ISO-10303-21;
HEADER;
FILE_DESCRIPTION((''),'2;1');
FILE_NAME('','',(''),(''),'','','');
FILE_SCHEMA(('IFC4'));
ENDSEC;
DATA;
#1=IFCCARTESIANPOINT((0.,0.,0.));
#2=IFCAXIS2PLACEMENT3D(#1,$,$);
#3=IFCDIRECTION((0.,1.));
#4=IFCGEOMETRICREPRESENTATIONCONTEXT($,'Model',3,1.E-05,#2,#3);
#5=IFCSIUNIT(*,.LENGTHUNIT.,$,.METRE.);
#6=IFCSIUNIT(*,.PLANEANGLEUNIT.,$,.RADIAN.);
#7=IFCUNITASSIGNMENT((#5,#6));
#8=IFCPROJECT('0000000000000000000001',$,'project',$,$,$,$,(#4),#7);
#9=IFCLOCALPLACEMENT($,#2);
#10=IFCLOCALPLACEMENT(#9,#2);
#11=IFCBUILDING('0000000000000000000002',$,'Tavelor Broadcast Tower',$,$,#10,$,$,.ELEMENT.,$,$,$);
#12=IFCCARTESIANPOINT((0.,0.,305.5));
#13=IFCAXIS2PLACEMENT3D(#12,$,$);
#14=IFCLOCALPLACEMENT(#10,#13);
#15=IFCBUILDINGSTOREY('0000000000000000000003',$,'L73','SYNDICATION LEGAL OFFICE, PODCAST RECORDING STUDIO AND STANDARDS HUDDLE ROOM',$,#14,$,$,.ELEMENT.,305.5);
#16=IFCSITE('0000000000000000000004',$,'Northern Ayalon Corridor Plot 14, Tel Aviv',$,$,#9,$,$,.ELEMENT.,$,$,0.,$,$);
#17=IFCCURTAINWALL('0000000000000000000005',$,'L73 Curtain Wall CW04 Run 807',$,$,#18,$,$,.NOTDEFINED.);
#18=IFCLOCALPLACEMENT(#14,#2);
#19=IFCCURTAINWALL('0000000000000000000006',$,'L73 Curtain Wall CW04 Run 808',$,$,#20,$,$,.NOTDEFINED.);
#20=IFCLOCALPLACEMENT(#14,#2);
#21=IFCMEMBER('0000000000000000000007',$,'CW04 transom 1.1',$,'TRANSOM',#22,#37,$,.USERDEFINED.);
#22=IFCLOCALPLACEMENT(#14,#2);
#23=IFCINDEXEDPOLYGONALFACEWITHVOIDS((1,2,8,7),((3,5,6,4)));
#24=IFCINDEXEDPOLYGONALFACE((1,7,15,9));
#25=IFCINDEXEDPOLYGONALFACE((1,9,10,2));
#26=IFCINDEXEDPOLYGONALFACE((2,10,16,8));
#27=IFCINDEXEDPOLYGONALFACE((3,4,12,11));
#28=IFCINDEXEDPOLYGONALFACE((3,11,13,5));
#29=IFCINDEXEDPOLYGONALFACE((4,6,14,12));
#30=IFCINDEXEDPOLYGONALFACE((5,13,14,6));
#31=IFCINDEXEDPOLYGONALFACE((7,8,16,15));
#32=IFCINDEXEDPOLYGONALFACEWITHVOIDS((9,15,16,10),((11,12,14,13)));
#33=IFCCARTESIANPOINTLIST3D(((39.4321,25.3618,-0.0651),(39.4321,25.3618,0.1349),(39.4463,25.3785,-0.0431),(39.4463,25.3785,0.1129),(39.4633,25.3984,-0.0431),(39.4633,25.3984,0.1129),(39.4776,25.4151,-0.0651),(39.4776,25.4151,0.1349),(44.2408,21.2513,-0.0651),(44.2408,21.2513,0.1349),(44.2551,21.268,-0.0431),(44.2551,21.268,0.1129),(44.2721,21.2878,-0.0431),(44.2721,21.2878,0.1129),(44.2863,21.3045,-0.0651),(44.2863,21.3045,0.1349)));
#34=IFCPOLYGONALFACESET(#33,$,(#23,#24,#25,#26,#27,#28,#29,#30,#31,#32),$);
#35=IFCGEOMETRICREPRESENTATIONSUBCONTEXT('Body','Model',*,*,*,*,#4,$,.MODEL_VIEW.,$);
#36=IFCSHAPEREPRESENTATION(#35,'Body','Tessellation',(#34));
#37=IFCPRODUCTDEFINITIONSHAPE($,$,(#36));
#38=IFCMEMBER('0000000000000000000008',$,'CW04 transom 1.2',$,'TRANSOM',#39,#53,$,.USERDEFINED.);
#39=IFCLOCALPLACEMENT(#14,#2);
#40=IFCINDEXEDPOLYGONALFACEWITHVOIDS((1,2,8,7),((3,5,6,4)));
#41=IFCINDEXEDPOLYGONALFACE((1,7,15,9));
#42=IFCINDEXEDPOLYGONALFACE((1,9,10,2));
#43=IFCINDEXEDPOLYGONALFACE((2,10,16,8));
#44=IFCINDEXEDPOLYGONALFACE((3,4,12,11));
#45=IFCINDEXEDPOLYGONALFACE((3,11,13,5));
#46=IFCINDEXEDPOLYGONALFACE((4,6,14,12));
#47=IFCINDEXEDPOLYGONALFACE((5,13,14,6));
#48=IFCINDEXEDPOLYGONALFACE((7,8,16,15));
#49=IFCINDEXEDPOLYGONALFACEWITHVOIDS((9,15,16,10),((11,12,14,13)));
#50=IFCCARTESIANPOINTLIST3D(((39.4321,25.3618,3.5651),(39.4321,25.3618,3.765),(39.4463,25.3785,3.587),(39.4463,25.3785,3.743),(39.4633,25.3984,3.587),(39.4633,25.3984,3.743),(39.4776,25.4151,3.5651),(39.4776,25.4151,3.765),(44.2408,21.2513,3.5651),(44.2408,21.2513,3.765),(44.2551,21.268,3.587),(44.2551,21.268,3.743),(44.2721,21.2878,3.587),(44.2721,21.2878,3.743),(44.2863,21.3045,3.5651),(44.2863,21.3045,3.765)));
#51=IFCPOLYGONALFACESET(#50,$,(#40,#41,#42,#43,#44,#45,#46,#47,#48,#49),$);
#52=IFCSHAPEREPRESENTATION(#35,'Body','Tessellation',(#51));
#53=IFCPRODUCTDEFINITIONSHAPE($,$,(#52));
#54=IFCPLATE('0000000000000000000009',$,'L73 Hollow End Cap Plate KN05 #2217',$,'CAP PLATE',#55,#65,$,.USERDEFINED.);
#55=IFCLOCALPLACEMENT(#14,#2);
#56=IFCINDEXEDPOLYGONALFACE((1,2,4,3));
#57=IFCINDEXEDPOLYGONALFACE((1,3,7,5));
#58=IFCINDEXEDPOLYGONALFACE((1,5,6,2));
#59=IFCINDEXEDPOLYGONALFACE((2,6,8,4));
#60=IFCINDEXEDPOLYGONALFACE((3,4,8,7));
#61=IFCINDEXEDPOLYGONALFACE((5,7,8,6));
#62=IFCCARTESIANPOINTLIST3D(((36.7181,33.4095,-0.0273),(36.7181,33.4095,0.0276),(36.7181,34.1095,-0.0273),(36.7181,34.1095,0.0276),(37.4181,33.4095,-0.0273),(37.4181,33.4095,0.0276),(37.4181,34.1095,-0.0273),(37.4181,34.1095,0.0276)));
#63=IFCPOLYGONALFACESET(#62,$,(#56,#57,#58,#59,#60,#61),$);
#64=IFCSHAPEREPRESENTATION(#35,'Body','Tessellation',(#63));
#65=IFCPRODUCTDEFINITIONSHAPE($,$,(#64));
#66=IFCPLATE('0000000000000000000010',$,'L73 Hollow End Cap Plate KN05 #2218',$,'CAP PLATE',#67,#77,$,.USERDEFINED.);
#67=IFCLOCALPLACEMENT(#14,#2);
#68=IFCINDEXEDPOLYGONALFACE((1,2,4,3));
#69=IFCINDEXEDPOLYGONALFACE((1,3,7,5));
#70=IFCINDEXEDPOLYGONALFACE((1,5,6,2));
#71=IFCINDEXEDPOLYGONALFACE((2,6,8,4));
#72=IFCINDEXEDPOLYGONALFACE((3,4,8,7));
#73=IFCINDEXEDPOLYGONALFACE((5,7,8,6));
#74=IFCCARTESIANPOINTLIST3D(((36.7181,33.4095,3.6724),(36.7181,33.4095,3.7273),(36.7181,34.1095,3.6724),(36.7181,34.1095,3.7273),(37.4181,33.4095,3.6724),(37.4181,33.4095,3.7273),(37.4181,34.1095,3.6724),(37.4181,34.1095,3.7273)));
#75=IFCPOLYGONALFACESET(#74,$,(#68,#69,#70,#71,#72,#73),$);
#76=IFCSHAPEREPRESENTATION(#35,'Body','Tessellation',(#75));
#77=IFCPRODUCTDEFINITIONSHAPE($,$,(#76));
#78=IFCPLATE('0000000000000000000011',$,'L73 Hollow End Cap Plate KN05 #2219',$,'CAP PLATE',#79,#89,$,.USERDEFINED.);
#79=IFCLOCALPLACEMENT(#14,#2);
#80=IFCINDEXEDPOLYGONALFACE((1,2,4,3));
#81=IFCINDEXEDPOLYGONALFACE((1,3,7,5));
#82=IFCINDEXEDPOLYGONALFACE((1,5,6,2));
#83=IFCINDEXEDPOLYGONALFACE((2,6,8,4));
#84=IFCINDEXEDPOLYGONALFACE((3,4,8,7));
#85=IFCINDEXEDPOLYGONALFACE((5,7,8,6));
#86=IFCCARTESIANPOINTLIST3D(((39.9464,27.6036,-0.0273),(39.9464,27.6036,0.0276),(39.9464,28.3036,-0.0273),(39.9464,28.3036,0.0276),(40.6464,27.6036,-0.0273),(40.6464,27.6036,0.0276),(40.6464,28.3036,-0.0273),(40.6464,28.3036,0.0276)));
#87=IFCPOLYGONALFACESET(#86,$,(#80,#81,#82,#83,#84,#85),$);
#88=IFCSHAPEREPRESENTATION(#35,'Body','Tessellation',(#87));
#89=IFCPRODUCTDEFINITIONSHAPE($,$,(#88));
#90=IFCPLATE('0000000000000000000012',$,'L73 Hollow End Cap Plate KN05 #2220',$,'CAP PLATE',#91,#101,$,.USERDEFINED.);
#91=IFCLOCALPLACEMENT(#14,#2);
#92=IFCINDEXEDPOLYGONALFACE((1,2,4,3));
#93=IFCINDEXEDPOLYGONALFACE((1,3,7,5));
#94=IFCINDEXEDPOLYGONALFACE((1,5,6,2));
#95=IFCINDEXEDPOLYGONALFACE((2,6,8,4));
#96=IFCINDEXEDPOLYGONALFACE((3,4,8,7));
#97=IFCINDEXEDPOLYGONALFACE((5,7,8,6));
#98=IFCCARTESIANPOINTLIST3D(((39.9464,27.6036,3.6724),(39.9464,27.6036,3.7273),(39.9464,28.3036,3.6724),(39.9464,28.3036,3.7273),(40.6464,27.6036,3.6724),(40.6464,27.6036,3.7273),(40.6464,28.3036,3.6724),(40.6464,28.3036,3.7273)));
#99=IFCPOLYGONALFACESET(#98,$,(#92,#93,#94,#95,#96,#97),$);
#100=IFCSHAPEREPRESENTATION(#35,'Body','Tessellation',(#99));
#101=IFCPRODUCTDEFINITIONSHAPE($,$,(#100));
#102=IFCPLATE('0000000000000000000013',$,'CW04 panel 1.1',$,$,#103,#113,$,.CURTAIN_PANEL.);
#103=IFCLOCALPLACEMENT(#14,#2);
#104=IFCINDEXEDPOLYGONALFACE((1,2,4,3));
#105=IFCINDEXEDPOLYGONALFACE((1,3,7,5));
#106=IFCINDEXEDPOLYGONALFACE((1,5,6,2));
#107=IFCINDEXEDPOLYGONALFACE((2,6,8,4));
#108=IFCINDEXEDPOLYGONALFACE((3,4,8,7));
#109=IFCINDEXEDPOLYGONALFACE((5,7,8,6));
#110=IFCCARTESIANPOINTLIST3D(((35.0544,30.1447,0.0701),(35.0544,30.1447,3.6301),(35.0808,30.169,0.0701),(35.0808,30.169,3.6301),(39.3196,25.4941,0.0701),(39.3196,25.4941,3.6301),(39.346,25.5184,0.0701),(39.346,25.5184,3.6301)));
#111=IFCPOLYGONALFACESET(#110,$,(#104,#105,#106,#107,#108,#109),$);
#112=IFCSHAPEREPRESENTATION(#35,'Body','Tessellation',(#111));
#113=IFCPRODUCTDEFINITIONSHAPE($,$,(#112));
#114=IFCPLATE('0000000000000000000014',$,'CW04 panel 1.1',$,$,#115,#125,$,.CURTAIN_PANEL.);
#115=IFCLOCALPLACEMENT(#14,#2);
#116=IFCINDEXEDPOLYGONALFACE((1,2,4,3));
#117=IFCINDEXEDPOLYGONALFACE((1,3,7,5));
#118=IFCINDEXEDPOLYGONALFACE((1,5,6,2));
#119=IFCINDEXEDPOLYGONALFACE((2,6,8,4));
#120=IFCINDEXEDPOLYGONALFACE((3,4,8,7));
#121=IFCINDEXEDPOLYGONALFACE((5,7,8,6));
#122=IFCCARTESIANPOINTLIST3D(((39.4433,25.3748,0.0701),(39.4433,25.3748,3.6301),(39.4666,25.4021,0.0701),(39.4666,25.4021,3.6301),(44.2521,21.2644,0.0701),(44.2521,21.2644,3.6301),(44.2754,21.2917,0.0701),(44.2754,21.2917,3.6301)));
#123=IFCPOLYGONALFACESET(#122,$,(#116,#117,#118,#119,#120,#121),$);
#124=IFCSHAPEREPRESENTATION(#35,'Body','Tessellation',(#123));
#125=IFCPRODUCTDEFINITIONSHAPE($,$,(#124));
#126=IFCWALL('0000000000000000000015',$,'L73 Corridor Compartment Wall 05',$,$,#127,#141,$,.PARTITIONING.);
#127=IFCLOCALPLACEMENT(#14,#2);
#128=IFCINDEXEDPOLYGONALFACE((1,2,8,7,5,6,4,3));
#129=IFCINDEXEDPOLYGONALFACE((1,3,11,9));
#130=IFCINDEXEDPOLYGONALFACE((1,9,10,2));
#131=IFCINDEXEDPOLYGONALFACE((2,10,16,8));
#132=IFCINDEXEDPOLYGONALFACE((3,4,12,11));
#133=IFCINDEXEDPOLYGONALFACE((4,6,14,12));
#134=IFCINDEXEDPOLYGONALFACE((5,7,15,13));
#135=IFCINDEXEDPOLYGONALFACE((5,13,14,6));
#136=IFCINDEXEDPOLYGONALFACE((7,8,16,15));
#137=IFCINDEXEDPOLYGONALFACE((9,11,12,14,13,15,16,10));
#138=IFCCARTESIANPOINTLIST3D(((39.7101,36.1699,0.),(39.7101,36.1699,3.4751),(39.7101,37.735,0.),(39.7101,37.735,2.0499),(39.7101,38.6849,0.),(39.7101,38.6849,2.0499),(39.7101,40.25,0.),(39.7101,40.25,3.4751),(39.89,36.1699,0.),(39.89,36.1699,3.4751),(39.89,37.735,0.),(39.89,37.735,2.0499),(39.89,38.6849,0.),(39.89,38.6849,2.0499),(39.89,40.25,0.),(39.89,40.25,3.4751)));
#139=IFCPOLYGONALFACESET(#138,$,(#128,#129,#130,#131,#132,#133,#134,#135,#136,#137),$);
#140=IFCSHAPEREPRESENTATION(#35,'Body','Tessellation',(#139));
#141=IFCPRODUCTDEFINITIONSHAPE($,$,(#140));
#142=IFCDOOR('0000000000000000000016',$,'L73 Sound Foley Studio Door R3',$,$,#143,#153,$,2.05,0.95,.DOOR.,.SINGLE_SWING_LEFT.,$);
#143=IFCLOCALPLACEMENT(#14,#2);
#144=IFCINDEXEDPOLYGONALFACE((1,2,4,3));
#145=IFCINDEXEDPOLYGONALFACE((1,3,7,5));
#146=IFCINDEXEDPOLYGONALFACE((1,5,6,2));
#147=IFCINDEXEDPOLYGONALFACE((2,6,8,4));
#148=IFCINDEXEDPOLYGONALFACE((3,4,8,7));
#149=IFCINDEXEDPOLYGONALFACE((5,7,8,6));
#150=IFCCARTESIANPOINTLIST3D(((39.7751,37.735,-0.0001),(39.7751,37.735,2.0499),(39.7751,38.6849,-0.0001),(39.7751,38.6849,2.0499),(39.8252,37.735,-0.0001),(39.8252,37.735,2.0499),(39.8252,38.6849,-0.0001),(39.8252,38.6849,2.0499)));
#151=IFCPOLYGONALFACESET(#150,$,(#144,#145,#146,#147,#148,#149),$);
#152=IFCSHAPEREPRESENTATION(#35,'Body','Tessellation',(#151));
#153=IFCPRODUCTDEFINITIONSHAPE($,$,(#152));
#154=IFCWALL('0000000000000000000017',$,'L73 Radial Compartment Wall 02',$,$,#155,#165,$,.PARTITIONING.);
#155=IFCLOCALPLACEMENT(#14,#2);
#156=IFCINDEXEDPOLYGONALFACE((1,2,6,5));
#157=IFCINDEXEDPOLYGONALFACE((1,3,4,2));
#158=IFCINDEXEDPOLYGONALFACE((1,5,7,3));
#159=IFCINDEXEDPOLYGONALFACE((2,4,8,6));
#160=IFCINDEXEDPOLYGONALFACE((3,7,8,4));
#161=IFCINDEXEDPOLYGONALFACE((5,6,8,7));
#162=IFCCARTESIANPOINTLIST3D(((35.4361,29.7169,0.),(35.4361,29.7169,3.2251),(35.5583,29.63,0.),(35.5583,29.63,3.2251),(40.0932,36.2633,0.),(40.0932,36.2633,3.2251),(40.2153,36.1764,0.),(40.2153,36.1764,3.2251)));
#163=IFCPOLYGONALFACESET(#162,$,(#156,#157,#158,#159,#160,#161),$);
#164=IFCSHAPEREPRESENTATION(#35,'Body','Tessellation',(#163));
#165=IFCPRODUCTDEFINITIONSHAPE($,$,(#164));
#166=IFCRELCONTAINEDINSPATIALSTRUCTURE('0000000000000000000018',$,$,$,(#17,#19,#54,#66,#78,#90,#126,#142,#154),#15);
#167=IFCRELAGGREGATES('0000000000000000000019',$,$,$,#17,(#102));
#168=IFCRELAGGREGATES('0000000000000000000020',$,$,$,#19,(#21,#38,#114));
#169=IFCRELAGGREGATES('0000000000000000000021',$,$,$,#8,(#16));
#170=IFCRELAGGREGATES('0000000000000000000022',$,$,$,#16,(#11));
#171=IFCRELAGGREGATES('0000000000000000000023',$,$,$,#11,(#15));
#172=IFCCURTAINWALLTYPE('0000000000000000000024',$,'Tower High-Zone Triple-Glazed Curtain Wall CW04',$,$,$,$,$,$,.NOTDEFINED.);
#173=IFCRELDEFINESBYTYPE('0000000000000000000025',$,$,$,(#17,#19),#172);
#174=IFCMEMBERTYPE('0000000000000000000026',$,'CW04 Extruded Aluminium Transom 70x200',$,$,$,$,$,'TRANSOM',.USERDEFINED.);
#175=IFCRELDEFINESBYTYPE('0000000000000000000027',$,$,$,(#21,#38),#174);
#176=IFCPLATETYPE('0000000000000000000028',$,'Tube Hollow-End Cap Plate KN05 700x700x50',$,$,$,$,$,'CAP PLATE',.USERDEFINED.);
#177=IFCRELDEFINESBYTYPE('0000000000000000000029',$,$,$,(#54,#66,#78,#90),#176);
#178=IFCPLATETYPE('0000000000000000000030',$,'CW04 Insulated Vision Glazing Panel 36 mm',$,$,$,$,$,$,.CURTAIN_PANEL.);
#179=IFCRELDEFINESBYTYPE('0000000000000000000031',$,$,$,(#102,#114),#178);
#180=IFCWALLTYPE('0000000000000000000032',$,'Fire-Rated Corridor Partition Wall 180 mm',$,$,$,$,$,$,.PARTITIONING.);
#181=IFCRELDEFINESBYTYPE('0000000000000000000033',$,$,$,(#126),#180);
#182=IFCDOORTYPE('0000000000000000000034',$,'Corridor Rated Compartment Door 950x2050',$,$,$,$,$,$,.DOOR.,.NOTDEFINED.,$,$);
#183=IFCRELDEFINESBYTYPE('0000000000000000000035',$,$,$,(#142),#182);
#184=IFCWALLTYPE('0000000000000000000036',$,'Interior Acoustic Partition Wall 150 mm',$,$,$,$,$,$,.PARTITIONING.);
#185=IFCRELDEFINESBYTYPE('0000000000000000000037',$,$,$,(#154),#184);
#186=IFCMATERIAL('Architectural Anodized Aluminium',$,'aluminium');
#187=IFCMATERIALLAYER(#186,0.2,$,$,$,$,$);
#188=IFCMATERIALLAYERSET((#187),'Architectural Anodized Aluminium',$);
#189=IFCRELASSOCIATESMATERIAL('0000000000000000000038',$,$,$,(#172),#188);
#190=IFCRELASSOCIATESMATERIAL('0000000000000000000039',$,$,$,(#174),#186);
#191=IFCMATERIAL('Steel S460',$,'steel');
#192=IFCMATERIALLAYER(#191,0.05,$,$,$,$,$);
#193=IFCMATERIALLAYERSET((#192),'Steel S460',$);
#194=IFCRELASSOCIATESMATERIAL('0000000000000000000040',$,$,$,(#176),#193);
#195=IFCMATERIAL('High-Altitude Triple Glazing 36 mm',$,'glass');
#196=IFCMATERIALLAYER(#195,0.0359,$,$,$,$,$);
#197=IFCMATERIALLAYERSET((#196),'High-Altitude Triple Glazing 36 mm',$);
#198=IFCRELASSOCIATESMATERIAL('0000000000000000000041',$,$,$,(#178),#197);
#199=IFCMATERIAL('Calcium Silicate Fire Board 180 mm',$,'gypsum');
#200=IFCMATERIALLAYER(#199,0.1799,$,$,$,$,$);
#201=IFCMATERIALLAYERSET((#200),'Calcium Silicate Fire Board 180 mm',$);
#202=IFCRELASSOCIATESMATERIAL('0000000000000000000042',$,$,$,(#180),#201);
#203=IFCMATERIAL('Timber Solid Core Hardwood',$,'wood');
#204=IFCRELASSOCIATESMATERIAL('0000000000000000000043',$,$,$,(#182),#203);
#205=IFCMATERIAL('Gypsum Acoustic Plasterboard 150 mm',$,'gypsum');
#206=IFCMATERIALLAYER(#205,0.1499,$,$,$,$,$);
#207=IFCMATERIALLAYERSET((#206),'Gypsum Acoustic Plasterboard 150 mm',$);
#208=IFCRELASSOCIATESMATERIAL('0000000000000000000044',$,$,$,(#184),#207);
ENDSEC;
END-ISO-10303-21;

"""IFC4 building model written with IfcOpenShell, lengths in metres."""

from ifc_helpers import new_model, si_unit, direction, frame, frame_2d, origin, origin_2d, place, context, subcontext, project, spatial, rectangle, hollow_rectangle, extrude, source, transform, mapped, material, layer, layer_set, material_profile, profile_set, type_object, type_shapes, element, fill, aggregate, save


model = new_model("IFC4")

# Units and contexts
model_context = context("Model", 3, precision=1e-05, world=origin(), true_north=direction((0.0, 1.0)))
body_context = subcontext(model_context, "Body", "Model", "MODEL_VIEW")
ifc_project = project(units=[si_unit("LENGTHUNIT", "METRE"), si_unit("PLANEANGLEUNIT", "RADIAN")], contexts=[model_context])

# Site, building, storey
site_placement = place(None, origin())
site = spatial("IfcSite", under=ifc_project, at=site_placement, Name="Northern Ayalon Corridor Plot 14, Tel Aviv", CompositionType="ELEMENT", RefElevation=0.0)
building_placement = place(site_placement, origin())
building = spatial("IfcBuilding", under=site, at=building_placement, Name="Tavelor Broadcast Tower", CompositionType="ELEMENT")
storey_placement = place(building_placement, frame((0.0, 0.0, 305.5)))
storey = spatial("IfcBuildingStorey", under=building, at=storey_placement, Name="L73", Description="SYNDICATION LEGAL OFFICE, PODCAST RECORDING STUDIO AND STANDARDS HUDDLE ROOM", CompositionType="ELEMENT", Elevation=305.5)

# Shared definitions
ifc_material_1 = material(Name="Steel S460", Category="steel")

# Curtain wall
ifc_material_2 = material(Name="Architectural Anodized Aluminium", Category="aluminium")
ifc_layer_1 = layer(ifc_material_2, 0.2)
ifc_layer_set_1 = layer_set([ifc_layer_1], Name="Architectural Anodized Aluminium")
curtain_wall_type = type_object("IfcCurtainWallType", Name="Tower High-Zone Triple-Glazed Curtain Wall CW04", PredefinedType="NOTDEFINED", material=ifc_layer_set_1)
curtain_wall_1_placement = place(storey_placement, origin())
curtain_wall_1 = element("IfcCurtainWall", 1, at=curtain_wall_1_placement, inside=storey, type_object=curtain_wall_type, Name="L73 Curtain Wall CW04 Run 807", PredefinedType="NOTDEFINED")

# Curtain wall, members
curtain_wall_2_placement = place(storey_placement, origin())
curtain_wall_2 = element("IfcCurtainWall", 2, at=curtain_wall_2_placement, inside=storey, type_object=curtain_wall_type, Name="L73 Curtain Wall CW04 Run 808", PredefinedType="NOTDEFINED")
ifc_material_profile_1 = material_profile(ifc_material_2, hollow_rectangle(XDim=0.0701, YDim=0.2, WallThickness=0.022, at=origin_2d()), Name="RHS 70x200x22")
ifc_profile_set_1 = profile_set([ifc_material_profile_1], Name="Architectural Anodized Aluminium")
member_type_1 = type_object("IfcMemberType", Name="CW04 Extruded Aluminium Transom 70x200", ElementType="TRANSOM", PredefinedType="USERDEFINED", material=ifc_profile_set_1)
shared_shape_1 = source(origin(), body_context, "Body", "SweptSolid", [
    extrude(hollow_rectangle(XDim=0.0701, YDim=0.2, WallThickness=0.022, at=origin_2d()), origin(), (0.0, 0.0, 1.0), 6.3262),
])
type_shapes(member_type_1, [shared_shape_1])
member_1_placement = place(storey_placement, frame((39.4548, 25.3884, 0.0349), z_axis=(0.760136, -0.649764, 0.0), x_axis=(0.649764, 0.760136, 0.0)))
member_1 = element("IfcMember", 3, at=member_1_placement, type_object=member_type_1, Name="CW04 transom 1.1", ObjectType="TRANSOM", PredefinedType="USERDEFINED", context=body_context, shape_type="MappedRepresentation", body=[
    mapped(shared_shape_1, transform((0.0, 0.0, 0.0), scale=1.0)),
])
member_2_placement = place(storey_placement, frame((39.4548, 25.3884, 3.665), z_axis=(0.760136, -0.649764, 0.0), x_axis=(0.649764, 0.760136, 0.0)))
member_2 = element("IfcMember", 4, at=member_2_placement, type_object=member_type_1, Name="CW04 transom 1.2", ObjectType="TRANSOM", PredefinedType="USERDEFINED", context=body_context, shape_type="MappedRepresentation", body=[
    mapped(shared_shape_1, transform((0.0, 0.0, 0.0), scale=1.0)),
])

# Plates
ifc_layer_2 = layer(ifc_material_1, 0.05)
ifc_layer_set_2 = layer_set([ifc_layer_2], Name="Steel S460")
plate_type_1 = type_object("IfcPlateType", Name="Tube Hollow-End Cap Plate KN05 700x700x50", ElementType="CAP PLATE", PredefinedType="USERDEFINED", material=ifc_layer_set_2)
shared_shape_2 = source(origin(), body_context, "Body", "SweptSolid", [
    extrude(rectangle(XDim=0.7, YDim=0.7, at=origin_2d()), origin(), (0.0, 0.0, 1.0), 0.0549),
])
type_shapes(plate_type_1, [shared_shape_2])
for number, where, z_axis, x_axis, name in (
    (5, (37.0681, 33.7595, -0.0273), (0.0, 0.0, 1.0), (1.0, 0.0, 0.0), "L73 Hollow End Cap Plate KN05 #2217"),
    (6, (37.0681, 33.7595, 3.6724), (0.0, 0.0, 1.0), (1.0, 0.0, 0.0), "L73 Hollow End Cap Plate KN05 #2218"),
    (7, (40.2964, 27.9536, -0.0273), (0.0, 0.0, 1.0), (1.0, 0.0, 0.0), "L73 Hollow End Cap Plate KN05 #2219"),
    (8, (40.2964, 27.9536, 3.6724), (0.0, 0.0, 1.0), (1.0, 0.0, 0.0), "L73 Hollow End Cap Plate KN05 #2220"),
):
    element("IfcPlate", number, at=place(storey_placement, frame(where, z_axis=z_axis, x_axis=x_axis)), inside=storey, type_object=plate_type_1, Name=name, ObjectType="CAP PLATE", PredefinedType="USERDEFINED", context=body_context, shape_type="MappedRepresentation", body=[
        mapped(shared_shape_2, transform((0.0, 0.0, 0.0), scale=1.0)),
    ])

# Plates
ifc_material_3 = material(Name="High-Altitude Triple Glazing 36 mm", Category="glass")
ifc_layer_3 = layer(ifc_material_3, 0.0359)
ifc_layer_set_3 = layer_set([ifc_layer_3], Name="High-Altitude Triple Glazing 36 mm")
plate_type_2 = type_object("IfcPlateType", Name="CW04 Insulated Vision Glazing Panel 36 mm", PredefinedType="CURTAIN_PANEL", material=ifc_layer_set_3)
shared_shape_3 = source(origin(), body_context, "Body", "SweptSolid", [
    extrude(rectangle(XDim=6.3103, YDim=0.0359, at=origin_2d()), origin(), (0.0, 0.0, 1.0), 3.5601),
])
plate_1_placement = place(storey_placement, frame((37.2002, 27.8315, 0.0701), z_axis=(0.0, 0.0, 1.0), x_axis=(0.675913, -0.736981, 0.0)))
plate_1 = element("IfcPlate", 9, at=plate_1_placement, type_object=plate_type_2, Name="CW04 panel 1.1", PredefinedType="CURTAIN_PANEL", context=body_context, shape_type="MappedRepresentation", body=[
    mapped(shared_shape_3, transform((0.0, 0.0, 0.0), scale=1.0)),
])
aggregate(curtain_wall_1, [plate_1])
shared_shape_4 = source(origin(), body_context, "Body", "SweptSolid", [
    extrude(rectangle(XDim=6.3262, YDim=0.0359, at=origin_2d()), origin(), (0.0, 0.0, 1.0), 3.5601),
])
type_shapes(plate_type_2, [shared_shape_3, shared_shape_4])
plate_2_placement = place(storey_placement, frame((41.8594, 23.3333, 0.0701), z_axis=(0.0, 0.0, 1.0), x_axis=(0.760143, -0.649755, 0.0)))
plate_2 = element("IfcPlate", 10, at=plate_2_placement, type_object=plate_type_2, Name="CW04 panel 1.1", PredefinedType="CURTAIN_PANEL", context=body_context, shape_type="MappedRepresentation", body=[
    mapped(shared_shape_4, transform((0.0, 0.0, 0.0), scale=1.0)),
])
aggregate(curtain_wall_2, [member_1, member_2, plate_2])

# Wall, opening, door
ifc_material_4 = material(Name="Calcium Silicate Fire Board 180 mm", Category="gypsum")
ifc_layer_4 = layer(ifc_material_4, 0.1799)
ifc_layer_set_4 = layer_set([ifc_layer_4], Name="Calcium Silicate Fire Board 180 mm")
wall_type_1 = type_object("IfcWallType", Name="Fire-Rated Corridor Partition Wall 180 mm", PredefinedType="PARTITIONING", material=ifc_layer_set_4)
wall_1_placement = place(storey_placement, frame((39.8, 36.1699, 0.0), z_axis=(0.0, 0.0, 1.0), x_axis=(0.0, 1.0, 0.0)))
wall_1 = element("IfcWall", 11, at=wall_1_placement, inside=storey, type_object=wall_type_1, Name="L73 Corridor Compartment Wall 05", PredefinedType="PARTITIONING", context=body_context, shape_type="SweptSolid", body=[
    extrude(rectangle(XDim=4.0801, YDim=0.1799, at=frame_2d((2.04, 0.0))), origin(), (0.0, 0.0, 1.0), 3.4751),
])
opening_1_placement = place(wall_1_placement, frame((1.5649, 0.0, 0.0)))
opening_1 = element("IfcOpeningElement", 12, at=opening_1_placement, cuts=wall_1, PredefinedType="OPENING", context=body_context, shape_type="SweptSolid", body=[
    extrude(rectangle(XDim=0.95, YDim=2.05, at=frame_2d((0.4751, 1.0249))), frame((0.0, 0.1001, 0.0), z_axis=(0.0, -1.0, 0.0), x_axis=(1.0, 0.0, 0.0)), (0.0, 0.0, 1.0), 0.2),
])
ifc_material_5 = material(Name="Timber Solid Core Hardwood", Category="wood")
door_type_1 = type_object("IfcDoorType", Name="Corridor Rated Compartment Door 950x2050", OperationType="NOTDEFINED", PredefinedType="DOOR", material=ifc_material_5)
door_1_placement = place(opening_1_placement, origin())
door_1 = element("IfcDoor", 13, at=door_1_placement, inside=storey, type_object=door_type_1, Name="L73 Sound Foley Studio Door R3", OperationType="SINGLE_SWING_LEFT", OverallHeight=2.05, OverallWidth=0.95, PredefinedType="DOOR", context=body_context, shape_type="SweptSolid", body=[
    extrude(rectangle(XDim=0.95, YDim=2.05, at=frame_2d((0.4751, 1.0249))), frame((0.0, 0.0249, 0.0), z_axis=(0.0, -1.0, 0.0), x_axis=(1.0, 0.0, 0.0)), (0.0, 0.0, 1.0), 0.05),
])
fill(opening_1, door_1)

# Wall
ifc_material_6 = material(Name="Gypsum Acoustic Plasterboard 150 mm", Category="gypsum")
ifc_layer_5 = layer(ifc_material_6, 0.1499)
ifc_layer_set_5 = layer_set([ifc_layer_5], Name="Gypsum Acoustic Plasterboard 150 mm")
wall_type_2 = type_object("IfcWallType", Name="Interior Acoustic Partition Wall 150 mm", PredefinedType="PARTITIONING", material=ifc_layer_set_5)
wall_2_placement = place(storey_placement, frame((40.1543, 36.22, 0.0), z_axis=(0.0, 0.0, 1.0), x_axis=(-0.57967, -0.814851, 0.0)))
element("IfcWall", 14, at=wall_2_placement, inside=storey, type_object=wall_type_2, Name="L73 Radial Compartment Wall 02", PredefinedType="PARTITIONING", context=body_context, shape_type="SweptSolid", body=[
    extrude(rectangle(XDim=8.0339, YDim=0.1499, at=frame_2d((4.0171, 0.0))), origin(), (0.0, 0.0, 1.0), 3.2251),
])

save(model, "model.ifc")
